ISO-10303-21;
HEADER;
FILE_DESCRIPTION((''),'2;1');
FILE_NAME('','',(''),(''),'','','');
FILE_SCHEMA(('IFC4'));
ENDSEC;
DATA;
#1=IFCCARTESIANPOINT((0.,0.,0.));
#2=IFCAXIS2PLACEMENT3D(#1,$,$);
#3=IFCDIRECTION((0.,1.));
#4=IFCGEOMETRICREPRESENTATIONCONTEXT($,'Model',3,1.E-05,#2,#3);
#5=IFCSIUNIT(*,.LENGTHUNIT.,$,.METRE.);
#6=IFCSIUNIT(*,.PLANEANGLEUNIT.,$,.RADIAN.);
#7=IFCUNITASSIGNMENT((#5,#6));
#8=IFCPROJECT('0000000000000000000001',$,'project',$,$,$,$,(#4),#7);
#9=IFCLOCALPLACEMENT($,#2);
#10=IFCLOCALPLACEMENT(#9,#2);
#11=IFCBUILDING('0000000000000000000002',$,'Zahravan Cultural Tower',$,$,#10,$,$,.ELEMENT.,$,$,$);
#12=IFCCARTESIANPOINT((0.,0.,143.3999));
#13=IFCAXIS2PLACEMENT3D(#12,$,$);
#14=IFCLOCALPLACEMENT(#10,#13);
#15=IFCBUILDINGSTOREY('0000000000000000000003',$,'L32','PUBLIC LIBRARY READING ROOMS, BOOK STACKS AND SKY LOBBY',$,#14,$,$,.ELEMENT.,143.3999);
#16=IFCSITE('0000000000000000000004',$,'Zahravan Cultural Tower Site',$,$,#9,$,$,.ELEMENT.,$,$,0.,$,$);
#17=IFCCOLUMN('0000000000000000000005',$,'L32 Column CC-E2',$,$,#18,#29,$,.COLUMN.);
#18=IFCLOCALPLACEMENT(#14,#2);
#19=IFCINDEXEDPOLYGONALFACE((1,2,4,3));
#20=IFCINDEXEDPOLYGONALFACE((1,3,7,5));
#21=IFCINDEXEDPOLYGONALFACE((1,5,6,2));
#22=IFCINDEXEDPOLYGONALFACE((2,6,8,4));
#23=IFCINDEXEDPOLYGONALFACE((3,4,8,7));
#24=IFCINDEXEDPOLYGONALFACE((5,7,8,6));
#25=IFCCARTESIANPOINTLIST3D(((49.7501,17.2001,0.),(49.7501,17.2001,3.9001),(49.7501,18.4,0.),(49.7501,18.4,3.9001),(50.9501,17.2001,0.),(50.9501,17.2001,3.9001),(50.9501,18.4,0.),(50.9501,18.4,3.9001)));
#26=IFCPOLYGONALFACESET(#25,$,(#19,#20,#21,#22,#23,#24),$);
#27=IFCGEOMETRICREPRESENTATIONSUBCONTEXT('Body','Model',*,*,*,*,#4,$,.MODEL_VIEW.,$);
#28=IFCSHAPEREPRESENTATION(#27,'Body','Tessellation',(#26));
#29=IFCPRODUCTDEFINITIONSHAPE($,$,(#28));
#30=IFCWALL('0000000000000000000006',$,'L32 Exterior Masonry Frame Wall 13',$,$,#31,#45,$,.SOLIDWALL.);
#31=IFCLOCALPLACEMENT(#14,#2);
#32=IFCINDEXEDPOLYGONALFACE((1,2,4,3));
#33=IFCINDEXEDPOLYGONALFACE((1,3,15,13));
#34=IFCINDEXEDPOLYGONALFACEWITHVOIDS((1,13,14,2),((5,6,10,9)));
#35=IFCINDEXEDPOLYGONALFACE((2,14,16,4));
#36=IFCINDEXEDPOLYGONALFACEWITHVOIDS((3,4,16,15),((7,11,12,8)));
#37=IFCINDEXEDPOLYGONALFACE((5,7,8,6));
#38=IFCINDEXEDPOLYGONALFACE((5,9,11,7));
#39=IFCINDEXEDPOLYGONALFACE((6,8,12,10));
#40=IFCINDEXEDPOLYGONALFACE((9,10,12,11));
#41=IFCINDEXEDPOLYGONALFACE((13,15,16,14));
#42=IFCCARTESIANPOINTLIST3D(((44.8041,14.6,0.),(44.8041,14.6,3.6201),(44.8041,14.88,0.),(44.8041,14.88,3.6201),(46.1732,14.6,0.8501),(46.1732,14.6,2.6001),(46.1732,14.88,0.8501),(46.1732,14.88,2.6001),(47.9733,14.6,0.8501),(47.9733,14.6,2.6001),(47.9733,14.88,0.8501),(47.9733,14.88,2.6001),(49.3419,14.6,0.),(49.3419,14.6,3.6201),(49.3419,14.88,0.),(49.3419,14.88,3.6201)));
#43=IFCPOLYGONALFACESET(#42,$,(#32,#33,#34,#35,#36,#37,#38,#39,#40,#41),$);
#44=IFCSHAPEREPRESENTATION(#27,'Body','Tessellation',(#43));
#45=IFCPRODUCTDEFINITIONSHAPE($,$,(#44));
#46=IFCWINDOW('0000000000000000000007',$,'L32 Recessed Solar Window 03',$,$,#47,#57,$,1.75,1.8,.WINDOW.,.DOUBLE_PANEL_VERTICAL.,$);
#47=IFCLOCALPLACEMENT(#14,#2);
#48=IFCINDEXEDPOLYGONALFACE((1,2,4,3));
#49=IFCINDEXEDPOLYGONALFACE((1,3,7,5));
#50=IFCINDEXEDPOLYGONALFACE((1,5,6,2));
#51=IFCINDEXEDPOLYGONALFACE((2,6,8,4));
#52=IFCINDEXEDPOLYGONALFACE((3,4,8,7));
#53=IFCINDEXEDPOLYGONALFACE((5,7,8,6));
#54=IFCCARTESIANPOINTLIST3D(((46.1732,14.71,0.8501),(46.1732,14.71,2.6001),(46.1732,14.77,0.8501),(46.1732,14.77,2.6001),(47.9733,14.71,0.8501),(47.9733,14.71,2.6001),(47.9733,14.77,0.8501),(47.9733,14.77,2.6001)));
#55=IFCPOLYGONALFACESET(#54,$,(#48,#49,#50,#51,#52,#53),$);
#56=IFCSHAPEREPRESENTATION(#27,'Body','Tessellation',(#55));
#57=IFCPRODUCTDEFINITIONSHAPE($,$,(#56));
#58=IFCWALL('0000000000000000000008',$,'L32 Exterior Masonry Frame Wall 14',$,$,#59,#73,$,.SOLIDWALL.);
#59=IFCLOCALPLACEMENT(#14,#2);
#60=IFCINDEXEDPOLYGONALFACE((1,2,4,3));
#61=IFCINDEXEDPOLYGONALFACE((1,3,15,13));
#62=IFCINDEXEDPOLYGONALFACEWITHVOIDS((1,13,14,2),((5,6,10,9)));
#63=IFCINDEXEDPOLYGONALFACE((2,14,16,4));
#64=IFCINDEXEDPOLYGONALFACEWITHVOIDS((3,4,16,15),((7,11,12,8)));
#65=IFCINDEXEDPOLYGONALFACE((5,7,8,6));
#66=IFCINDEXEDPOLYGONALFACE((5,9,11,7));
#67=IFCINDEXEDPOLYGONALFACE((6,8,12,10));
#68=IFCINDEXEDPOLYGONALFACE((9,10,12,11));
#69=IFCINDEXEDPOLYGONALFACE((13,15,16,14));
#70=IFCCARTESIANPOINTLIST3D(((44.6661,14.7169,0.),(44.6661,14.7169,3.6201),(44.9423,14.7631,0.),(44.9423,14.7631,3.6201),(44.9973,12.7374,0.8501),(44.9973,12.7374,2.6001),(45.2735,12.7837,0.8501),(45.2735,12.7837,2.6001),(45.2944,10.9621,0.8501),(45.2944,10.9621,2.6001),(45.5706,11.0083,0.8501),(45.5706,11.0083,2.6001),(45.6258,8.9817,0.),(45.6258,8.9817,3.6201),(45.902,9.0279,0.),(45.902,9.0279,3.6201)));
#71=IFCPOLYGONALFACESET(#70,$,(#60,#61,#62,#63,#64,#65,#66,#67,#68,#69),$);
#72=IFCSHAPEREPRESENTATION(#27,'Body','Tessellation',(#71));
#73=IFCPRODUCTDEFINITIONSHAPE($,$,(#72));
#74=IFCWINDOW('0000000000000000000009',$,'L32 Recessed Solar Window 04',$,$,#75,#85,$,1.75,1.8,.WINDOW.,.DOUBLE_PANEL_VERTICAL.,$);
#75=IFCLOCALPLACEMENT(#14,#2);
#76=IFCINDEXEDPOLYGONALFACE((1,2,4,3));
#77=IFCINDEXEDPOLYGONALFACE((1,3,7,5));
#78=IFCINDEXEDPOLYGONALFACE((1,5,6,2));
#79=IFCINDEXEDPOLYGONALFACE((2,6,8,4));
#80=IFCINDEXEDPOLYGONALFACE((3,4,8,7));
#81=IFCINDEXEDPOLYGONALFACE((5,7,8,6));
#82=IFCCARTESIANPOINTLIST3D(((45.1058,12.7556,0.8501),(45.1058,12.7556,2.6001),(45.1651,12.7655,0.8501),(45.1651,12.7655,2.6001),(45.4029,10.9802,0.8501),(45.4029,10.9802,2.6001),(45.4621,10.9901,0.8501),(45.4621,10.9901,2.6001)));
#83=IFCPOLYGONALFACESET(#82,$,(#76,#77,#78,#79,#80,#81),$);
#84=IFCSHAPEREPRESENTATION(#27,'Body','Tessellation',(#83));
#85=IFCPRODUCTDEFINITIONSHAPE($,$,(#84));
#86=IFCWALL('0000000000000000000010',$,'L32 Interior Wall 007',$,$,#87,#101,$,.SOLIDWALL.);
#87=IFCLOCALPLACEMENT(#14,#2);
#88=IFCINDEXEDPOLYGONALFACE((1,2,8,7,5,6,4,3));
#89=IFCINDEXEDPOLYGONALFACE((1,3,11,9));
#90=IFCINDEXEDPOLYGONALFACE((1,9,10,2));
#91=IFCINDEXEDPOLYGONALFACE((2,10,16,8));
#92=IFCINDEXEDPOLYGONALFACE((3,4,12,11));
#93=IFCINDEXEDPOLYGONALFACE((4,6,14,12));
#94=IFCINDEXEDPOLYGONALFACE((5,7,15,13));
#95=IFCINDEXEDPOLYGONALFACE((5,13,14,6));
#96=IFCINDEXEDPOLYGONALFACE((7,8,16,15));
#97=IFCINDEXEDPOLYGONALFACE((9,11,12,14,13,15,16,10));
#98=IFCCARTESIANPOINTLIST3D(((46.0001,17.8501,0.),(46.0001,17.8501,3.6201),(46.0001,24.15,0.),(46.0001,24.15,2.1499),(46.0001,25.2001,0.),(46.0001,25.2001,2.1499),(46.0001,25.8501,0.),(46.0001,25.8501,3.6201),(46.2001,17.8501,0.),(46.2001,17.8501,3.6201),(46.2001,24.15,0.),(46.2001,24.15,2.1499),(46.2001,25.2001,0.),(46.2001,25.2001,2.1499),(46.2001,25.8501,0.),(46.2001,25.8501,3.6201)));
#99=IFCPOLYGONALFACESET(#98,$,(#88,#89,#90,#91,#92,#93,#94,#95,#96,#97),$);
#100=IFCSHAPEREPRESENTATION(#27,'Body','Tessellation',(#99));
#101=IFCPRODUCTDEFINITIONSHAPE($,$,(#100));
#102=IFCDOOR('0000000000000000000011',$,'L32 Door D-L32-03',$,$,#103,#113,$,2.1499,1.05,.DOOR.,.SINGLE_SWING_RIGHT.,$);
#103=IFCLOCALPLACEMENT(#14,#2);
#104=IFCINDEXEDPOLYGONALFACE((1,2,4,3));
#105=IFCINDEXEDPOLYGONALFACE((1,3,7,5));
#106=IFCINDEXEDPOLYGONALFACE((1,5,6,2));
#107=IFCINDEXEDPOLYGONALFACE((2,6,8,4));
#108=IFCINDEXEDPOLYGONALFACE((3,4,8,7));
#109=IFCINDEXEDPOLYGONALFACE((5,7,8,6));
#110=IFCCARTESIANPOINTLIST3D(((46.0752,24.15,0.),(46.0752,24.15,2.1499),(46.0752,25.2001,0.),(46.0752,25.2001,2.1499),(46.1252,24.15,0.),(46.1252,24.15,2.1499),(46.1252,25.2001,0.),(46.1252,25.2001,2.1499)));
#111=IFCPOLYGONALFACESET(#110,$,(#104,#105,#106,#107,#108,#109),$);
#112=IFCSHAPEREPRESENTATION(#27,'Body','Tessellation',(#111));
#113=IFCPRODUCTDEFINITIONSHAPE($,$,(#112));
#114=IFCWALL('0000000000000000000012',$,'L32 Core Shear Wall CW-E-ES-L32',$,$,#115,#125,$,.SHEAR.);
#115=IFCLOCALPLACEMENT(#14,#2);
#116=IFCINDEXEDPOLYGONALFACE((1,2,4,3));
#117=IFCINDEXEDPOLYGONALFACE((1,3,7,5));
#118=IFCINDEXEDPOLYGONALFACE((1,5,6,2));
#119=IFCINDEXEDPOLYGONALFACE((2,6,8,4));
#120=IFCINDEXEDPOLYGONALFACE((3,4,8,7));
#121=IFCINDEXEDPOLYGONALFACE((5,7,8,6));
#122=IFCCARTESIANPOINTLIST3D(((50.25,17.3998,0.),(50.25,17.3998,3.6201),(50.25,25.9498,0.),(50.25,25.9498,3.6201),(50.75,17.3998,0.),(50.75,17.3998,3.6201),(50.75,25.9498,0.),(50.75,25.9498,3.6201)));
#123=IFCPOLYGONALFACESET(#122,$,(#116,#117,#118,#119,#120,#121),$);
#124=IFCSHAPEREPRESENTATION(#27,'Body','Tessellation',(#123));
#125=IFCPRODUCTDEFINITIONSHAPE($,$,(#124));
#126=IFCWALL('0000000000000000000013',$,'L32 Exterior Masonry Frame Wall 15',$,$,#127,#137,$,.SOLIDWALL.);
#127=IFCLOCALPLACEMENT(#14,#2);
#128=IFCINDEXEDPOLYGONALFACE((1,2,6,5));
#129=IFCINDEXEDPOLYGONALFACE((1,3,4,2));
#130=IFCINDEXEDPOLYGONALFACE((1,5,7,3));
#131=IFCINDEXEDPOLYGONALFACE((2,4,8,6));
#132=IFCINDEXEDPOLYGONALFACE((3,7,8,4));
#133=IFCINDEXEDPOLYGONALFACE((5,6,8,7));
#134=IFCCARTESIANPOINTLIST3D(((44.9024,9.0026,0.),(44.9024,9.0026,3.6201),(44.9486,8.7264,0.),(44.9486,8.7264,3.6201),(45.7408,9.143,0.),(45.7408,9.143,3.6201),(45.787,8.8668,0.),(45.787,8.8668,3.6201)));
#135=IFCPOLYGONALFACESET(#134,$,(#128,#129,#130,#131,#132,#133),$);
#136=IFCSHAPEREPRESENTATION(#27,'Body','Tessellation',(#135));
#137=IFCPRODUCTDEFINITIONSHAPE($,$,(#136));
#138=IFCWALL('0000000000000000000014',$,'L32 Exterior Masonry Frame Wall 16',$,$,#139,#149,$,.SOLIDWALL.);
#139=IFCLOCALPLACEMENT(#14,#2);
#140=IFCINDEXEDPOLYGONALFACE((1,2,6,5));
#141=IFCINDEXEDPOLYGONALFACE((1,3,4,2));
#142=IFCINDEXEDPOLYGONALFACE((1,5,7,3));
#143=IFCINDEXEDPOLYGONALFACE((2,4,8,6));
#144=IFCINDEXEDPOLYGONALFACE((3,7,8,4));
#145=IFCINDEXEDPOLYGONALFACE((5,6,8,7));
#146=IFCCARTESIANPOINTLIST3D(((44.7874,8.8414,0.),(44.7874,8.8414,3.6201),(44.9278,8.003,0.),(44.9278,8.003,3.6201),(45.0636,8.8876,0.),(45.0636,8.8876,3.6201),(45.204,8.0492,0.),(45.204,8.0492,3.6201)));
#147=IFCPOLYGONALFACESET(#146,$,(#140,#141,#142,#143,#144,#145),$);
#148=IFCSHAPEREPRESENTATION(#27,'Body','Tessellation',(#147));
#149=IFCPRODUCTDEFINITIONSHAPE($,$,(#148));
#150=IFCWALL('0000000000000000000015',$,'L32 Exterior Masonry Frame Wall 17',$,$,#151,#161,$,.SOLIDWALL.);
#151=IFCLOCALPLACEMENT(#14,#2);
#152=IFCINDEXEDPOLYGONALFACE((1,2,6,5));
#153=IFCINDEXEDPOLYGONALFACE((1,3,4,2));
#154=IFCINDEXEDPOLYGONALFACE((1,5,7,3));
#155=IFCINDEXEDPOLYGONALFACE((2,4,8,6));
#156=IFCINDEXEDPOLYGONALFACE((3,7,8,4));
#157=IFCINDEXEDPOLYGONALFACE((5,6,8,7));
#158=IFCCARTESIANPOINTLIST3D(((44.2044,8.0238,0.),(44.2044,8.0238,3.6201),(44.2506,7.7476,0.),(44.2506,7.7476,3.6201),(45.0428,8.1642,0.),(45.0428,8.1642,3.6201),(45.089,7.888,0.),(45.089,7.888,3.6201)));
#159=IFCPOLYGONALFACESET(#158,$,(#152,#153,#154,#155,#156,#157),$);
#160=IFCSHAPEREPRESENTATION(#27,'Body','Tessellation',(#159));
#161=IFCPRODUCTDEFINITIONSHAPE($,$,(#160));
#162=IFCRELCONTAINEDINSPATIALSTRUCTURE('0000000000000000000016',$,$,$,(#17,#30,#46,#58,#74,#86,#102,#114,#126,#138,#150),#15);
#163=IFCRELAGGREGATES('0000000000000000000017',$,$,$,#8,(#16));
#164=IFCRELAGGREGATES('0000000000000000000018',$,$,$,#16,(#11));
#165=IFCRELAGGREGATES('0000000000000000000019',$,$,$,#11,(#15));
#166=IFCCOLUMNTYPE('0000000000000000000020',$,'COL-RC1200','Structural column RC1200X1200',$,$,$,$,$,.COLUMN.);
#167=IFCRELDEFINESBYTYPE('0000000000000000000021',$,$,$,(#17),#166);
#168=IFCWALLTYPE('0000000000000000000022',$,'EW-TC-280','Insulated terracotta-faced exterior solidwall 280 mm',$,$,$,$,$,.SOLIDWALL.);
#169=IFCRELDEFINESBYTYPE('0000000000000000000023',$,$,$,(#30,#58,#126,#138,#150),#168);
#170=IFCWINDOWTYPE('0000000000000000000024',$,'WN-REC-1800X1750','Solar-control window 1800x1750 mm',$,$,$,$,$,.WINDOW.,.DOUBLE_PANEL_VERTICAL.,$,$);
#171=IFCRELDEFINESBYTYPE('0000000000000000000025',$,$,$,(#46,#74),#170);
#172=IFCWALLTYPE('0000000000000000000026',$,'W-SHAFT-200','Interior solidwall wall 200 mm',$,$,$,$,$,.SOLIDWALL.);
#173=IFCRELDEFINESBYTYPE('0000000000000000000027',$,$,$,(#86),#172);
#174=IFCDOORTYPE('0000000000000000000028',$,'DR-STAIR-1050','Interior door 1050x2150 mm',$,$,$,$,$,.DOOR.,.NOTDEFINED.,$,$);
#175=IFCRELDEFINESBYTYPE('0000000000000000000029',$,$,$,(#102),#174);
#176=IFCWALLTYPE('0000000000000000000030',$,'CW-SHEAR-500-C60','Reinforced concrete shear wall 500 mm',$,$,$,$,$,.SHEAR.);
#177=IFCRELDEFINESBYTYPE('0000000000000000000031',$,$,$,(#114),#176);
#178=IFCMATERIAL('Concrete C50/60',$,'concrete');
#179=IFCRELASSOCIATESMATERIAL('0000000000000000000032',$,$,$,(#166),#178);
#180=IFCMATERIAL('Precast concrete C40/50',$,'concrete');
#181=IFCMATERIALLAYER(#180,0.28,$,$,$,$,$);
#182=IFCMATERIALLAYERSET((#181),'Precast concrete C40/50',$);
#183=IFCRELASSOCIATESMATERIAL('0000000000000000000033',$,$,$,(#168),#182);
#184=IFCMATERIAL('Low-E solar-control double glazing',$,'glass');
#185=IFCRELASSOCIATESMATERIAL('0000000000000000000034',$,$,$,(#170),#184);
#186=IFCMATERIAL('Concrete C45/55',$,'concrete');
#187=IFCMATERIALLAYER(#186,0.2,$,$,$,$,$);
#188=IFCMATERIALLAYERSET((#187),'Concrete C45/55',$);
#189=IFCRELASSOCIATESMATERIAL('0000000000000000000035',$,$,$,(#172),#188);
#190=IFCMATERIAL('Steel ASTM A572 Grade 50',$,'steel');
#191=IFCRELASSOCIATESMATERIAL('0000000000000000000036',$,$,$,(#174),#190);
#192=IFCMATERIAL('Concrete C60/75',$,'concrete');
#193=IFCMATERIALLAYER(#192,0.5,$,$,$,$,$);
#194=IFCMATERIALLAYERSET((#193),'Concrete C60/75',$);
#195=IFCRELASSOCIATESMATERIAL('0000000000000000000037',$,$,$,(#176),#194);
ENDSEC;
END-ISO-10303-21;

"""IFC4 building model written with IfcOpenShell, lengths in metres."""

from ifc_helpers import new_model, si_unit, direction, frame, frame_2d, origin, origin_2d, place, context, subcontext, project, spatial, rectangle, extrude, source, transform, mapped, material, layer, layer_set, material_profile, profile_set, type_object, element, fill, save


model = new_model("IFC4")

# Units and contexts
model_context = context("Model", 3, precision=1e-05, world=origin(), true_north=direction((0.0, 1.0)))
body_context = subcontext(model_context, "Body", "Model", "MODEL_VIEW")
ifc_project = project(units=[si_unit("LENGTHUNIT", "METRE"), si_unit("PLANEANGLEUNIT", "RADIAN")], contexts=[model_context])

# Site, building, storey
site_placement = place(None, origin())
site = spatial("IfcSite", under=ifc_project, at=site_placement, Name="Zahravan Cultural Tower Site", CompositionType="ELEMENT", RefElevation=0.0)
building_placement = place(site_placement, origin())
building = spatial("IfcBuilding", under=site, at=building_placement, Name="Zahravan Cultural Tower", CompositionType="ELEMENT")
storey_placement = place(building_placement, frame((0.0, 0.0, 143.3999)))
storey = spatial("IfcBuildingStorey", under=building, at=storey_placement, Name="L32", Description="PUBLIC LIBRARY READING ROOMS, BOOK STACKS AND SKY LOBBY", CompositionType="ELEMENT", Elevation=143.3999)

# Column
ifc_material_1 = material(Name="Concrete C50/60", Category="concrete")
ifc_material_profile = material_profile(ifc_material_1, rectangle(XDim=1.2, YDim=1.2, at=origin_2d()), Name="RC1200X1200")
ifc_profile_set = profile_set([ifc_material_profile], Name="Concrete C50/60")
column_type = type_object("IfcColumnType", Name="COL-RC1200", Description="Structural column RC1200X1200", PredefinedType="COLUMN", material=ifc_profile_set)
shared_shape_1 = source(origin(), body_context, "Body", "SweptSolid", [
    extrude(rectangle(XDim=1.2, YDim=1.2, at=origin_2d()), origin(), (0.0, 0.0, 1.0), 3.9001),
])
column_placement = place(storey_placement, frame((50.3501, 17.8, 0.0), z_axis=(0.0, 0.0, 1.0), x_axis=(1.0, 0.0, 0.0)))
element("IfcColumn", 1, at=column_placement, inside=storey, type_object=column_type, Name="L32 Column CC-E2", PredefinedType="COLUMN", context=body_context, shape_type="MappedRepresentation", body=[
    mapped(shared_shape_1, transform((0.0, 0.0, 0.0), x_axis=(1.0, 0.0, 0.0), y_axis=(0.0, 1.0, 0.0), z_axis=(0.0, 0.0, 1.0), scale=1.0)),
])

# Walls, openings, windows
ifc_material_2 = material(Name="Precast concrete C40/50", Category="concrete")
ifc_layer_1 = layer(ifc_material_2, 0.28)
ifc_layer_set_1 = layer_set([ifc_layer_1], Name="Precast concrete C40/50")
wall_type_1 = type_object("IfcWallType", Name="EW-TC-280", Description="Insulated terracotta-faced exterior solidwall 280 mm", PredefinedType="SOLIDWALL", material=ifc_layer_set_1)
wall_1_placement = place(storey_placement, frame((49.342, 14.74, 0.0), z_axis=(0.0, 0.0, 1.0), x_axis=(-1.0, 0.0, 0.0)))
wall_1 = element("IfcWall", 2, at=wall_1_placement, inside=storey, type_object=wall_type_1, Name="L32 Exterior Masonry Frame Wall 13", PredefinedType="SOLIDWALL", context=body_context, shape_type="SweptSolid", body=[
    extrude(rectangle(XDim=4.5378, YDim=0.28, at=frame_2d((2.269, 0.0))), origin(), (0.0, 0.0, 1.0), 3.6201),
])
opening_1_placement = place(wall_1_placement, frame((1.3689, 0.0, 0.8501)))
opening_1 = element("IfcOpeningElement", 3, at=opening_1_placement, cuts=wall_1, PredefinedType="OPENING", context=body_context, shape_type="SweptSolid", body=[
    extrude(rectangle(XDim=1.8, YDim=1.75, at=frame_2d((0.8999, 0.875))), frame((0.0, 0.1499, 0.0), z_axis=(0.0, -1.0, 0.0), x_axis=(1.0, 0.0, 0.0)), (0.0, 0.0, 1.0), 0.3),
])
ifc_material_3 = material(Name="Low-E solar-control double glazing", Category="glass")
window_type = type_object("IfcWindowType", Name="WN-REC-1800X1750", Description="Solar-control window 1800x1750 mm", PartitioningType="DOUBLE_PANEL_VERTICAL", PredefinedType="WINDOW", material=ifc_material_3)
shared_shape_2 = source(origin(), body_context, "Body", "SweptSolid", [
    extrude(rectangle(XDim=1.8, YDim=1.75, at=frame_2d((0.8999, 0.875))), frame((0.0, 0.03, 0.0), z_axis=(0.0, -1.0, 0.0), x_axis=(1.0, 0.0, 0.0)), (0.0, 0.0, 1.0), 0.0601),
])
window_1_placement = place(opening_1_placement, origin())
window_1 = element("IfcWindow", 4, at=window_1_placement, inside=storey, type_object=window_type, Name="L32 Recessed Solar Window 03", OverallHeight=1.75, OverallWidth=1.8, PartitioningType="DOUBLE_PANEL_VERTICAL", PredefinedType="WINDOW", context=body_context, shape_type="MappedRepresentation", body=[
    mapped(shared_shape_2, transform((0.0, 0.0, 0.0), x_axis=(1.0, 0.0, 0.0), y_axis=(0.0, 1.0, 0.0), z_axis=(0.0, 0.0, 1.0), scale=1.0)),
])
fill(opening_1, window_1)
wall_2_placement = place(storey_placement, frame((44.8042, 14.74, 0.0), z_axis=(0.0, 0.0, 1.0), x_axis=(0.165046, -0.986286, 0.0)))
wall_2 = element("IfcWall", 5, at=wall_2_placement, inside=storey, type_object=wall_type_1, Name="L32 Exterior Masonry Frame Wall 14", PredefinedType="SOLIDWALL", context=body_context, shape_type="SweptSolid", body=[
    extrude(rectangle(XDim=5.8149, YDim=0.28, at=frame_2d((2.9075, 0.0))), origin(), (0.0, 0.0, 1.0), 3.6201),
])
opening_2_placement = place(wall_2_placement, frame((2.0071, 0.0, 0.8501)))
opening_2 = element("IfcOpeningElement", 6, at=opening_2_placement, cuts=wall_2, PredefinedType="OPENING", context=body_context, shape_type="SweptSolid", body=[
    extrude(rectangle(XDim=1.8, YDim=1.75, at=frame_2d((0.8999, 0.875))), frame((0.0, 0.1499, 0.0), z_axis=(0.0, -1.0, 0.0), x_axis=(1.0, 0.0, 0.0)), (0.0, 0.0, 1.0), 0.3),
])
window_2_placement = place(opening_2_placement, origin())
window_2 = element("IfcWindow", 7, at=window_2_placement, inside=storey, type_object=window_type, Name="L32 Recessed Solar Window 04", OverallHeight=1.75, OverallWidth=1.8, PartitioningType="DOUBLE_PANEL_VERTICAL", PredefinedType="WINDOW", context=body_context, shape_type="MappedRepresentation", body=[
    mapped(shared_shape_2, transform((0.0, 0.0, 0.0), x_axis=(1.0, 0.0, 0.0), y_axis=(0.0, 1.0, 0.0), z_axis=(0.0, 0.0, 1.0), scale=1.0)),
])
fill(opening_2, window_2)

# Wall, opening, door
ifc_material_4 = material(Name="Concrete C45/55", Category="concrete")
ifc_layer_2 = layer(ifc_material_4, 0.2)
ifc_layer_set_2 = layer_set([ifc_layer_2], Name="Concrete C45/55")
wall_type_2 = type_object("IfcWallType", Name="W-SHAFT-200", Description="Interior solidwall wall 200 mm", PredefinedType="SOLIDWALL", material=ifc_layer_set_2)
wall_3_placement = place(storey_placement, frame((46.1001, 17.8501, 0.0), z_axis=(0.0, 0.0, 1.0), x_axis=(0.0, 1.0, 0.0)))
wall_3 = element("IfcWall", 8, at=wall_3_placement, inside=storey, type_object=wall_type_2, Name="L32 Interior Wall 007", PredefinedType="SOLIDWALL", context=body_context, shape_type="SweptSolid", body=[
    extrude(rectangle(XDim=8.0, YDim=0.2, at=frame_2d((4.0, 0.0))), origin(), (0.0, 0.0, 1.0), 3.6201),
])
opening_3_placement = place(wall_3_placement, frame((6.3, 0.0, 0.0)))
opening_3 = element("IfcOpeningElement", 9, at=opening_3_placement, cuts=wall_3, PredefinedType="OPENING", context=body_context, shape_type="SweptSolid", body=[
    extrude(rectangle(XDim=1.05, YDim=2.1499, at=frame_2d((0.5249, 1.075))), frame((0.0, 0.1099, 0.0), z_axis=(0.0, -1.0, 0.0), x_axis=(1.0, 0.0, 0.0)), (0.0, 0.0, 1.0), 0.22),
])
ifc_material_5 = material(Name="Steel ASTM A572 Grade 50", Category="steel")
door_type = type_object("IfcDoorType", Name="DR-STAIR-1050", Description="Interior door 1050x2150 mm", OperationType="NOTDEFINED", PredefinedType="DOOR", material=ifc_material_5)
shared_shape_3 = source(origin(), body_context, "Body", "SweptSolid", [
    extrude(rectangle(XDim=1.05, YDim=2.1499, at=frame_2d((0.5249, 1.075))), frame((0.0, 0.0249, 0.0), z_axis=(0.0, -1.0, 0.0), x_axis=(1.0, 0.0, 0.0)), (0.0, 0.0, 1.0), 0.05),
])
door_placement = place(opening_3_placement, origin())
door = element("IfcDoor", 10, at=door_placement, inside=storey, type_object=door_type, Name="L32 Door D-L32-03", OperationType="SINGLE_SWING_RIGHT", OverallHeight=2.1499, OverallWidth=1.05, PredefinedType="DOOR", context=body_context, shape_type="MappedRepresentation", body=[
    mapped(shared_shape_3, transform((0.0, 0.0, 0.0), x_axis=(1.0, 0.0, 0.0), y_axis=(0.0, 1.0, 0.0), z_axis=(0.0, 0.0, 1.0), scale=1.0)),
])
fill(opening_3, door)

# Walls
ifc_material_6 = material(Name="Concrete C60/75", Category="concrete")
ifc_layer_3 = layer(ifc_material_6, 0.5)
ifc_layer_set_3 = layer_set([ifc_layer_3], Name="Concrete C60/75")
wall_type_3 = type_object("IfcWallType", Name="CW-SHEAR-500-C60", Description="Reinforced concrete shear wall 500 mm", PredefinedType="SHEAR", material=ifc_layer_set_3)
shared_shape_4 = source(origin(), body_context, "Body", "SweptSolid", [
    extrude(rectangle(XDim=8.55, YDim=0.5, at=frame_2d((4.2749, 0.0))), origin(), (0.0, 0.0, 1.0), 3.6201),
])
wall_4_placement = place(storey_placement, frame((50.5, 17.3999, 0.0), z_axis=(0.0, 0.0, 1.0), x_axis=(0.0, 1.0, 0.0)))
element("IfcWall", 11, at=wall_4_placement, inside=storey, type_object=wall_type_3, Name="L32 Core Shear Wall CW-E-ES-L32", PredefinedType="SHEAR", context=body_context, shape_type="MappedRepresentation", body=[
    mapped(shared_shape_4, transform((0.0, 0.0, 0.0), x_axis=(1.0, 0.0, 0.0), y_axis=(0.0, 1.0, 0.0), z_axis=(0.0, 0.0, 1.0), scale=1.0)),
])
shared_shape_5 = source(origin(), body_context, "Body", "SweptSolid", [
    extrude(rectangle(XDim=0.8501, YDim=0.28, at=frame_2d((0.425, 0.0))), origin(), (0.0, 0.0, 1.0), 3.6201),
])
for number, where, z_axis, x_axis, name in (
    (12, (45.7639, 9.0049, 0.0), (0.0, 0.0, 1.0), (-0.986269, -0.165144, 0.0), "L32 Exterior Masonry Frame Wall 15"),
    (13, (44.9255, 8.8645, 0.0), (0.0, 0.0, 1.0), (0.165144, -0.986269, 0.0), "L32 Exterior Masonry Frame Wall 16"),
    (14, (45.0659, 8.0261, 0.0), (0.0, 0.0, 1.0), (-0.986269, -0.165144, 0.0), "L32 Exterior Masonry Frame Wall 17"),
):
    element("IfcWall", number, at=place(storey_placement, frame(where, z_axis=z_axis, x_axis=x_axis)), inside=storey, type_object=wall_type_1, Name=name, PredefinedType="SOLIDWALL", context=body_context, shape_type="MappedRepresentation", body=[
        mapped(shared_shape_5, transform((0.0, 0.0, 0.0), x_axis=(1.0, 0.0, 0.0), y_axis=(0.0, 1.0, 0.0), z_axis=(0.0, 0.0, 1.0), scale=1.0)),
    ])

save(model, "model.ifc")
